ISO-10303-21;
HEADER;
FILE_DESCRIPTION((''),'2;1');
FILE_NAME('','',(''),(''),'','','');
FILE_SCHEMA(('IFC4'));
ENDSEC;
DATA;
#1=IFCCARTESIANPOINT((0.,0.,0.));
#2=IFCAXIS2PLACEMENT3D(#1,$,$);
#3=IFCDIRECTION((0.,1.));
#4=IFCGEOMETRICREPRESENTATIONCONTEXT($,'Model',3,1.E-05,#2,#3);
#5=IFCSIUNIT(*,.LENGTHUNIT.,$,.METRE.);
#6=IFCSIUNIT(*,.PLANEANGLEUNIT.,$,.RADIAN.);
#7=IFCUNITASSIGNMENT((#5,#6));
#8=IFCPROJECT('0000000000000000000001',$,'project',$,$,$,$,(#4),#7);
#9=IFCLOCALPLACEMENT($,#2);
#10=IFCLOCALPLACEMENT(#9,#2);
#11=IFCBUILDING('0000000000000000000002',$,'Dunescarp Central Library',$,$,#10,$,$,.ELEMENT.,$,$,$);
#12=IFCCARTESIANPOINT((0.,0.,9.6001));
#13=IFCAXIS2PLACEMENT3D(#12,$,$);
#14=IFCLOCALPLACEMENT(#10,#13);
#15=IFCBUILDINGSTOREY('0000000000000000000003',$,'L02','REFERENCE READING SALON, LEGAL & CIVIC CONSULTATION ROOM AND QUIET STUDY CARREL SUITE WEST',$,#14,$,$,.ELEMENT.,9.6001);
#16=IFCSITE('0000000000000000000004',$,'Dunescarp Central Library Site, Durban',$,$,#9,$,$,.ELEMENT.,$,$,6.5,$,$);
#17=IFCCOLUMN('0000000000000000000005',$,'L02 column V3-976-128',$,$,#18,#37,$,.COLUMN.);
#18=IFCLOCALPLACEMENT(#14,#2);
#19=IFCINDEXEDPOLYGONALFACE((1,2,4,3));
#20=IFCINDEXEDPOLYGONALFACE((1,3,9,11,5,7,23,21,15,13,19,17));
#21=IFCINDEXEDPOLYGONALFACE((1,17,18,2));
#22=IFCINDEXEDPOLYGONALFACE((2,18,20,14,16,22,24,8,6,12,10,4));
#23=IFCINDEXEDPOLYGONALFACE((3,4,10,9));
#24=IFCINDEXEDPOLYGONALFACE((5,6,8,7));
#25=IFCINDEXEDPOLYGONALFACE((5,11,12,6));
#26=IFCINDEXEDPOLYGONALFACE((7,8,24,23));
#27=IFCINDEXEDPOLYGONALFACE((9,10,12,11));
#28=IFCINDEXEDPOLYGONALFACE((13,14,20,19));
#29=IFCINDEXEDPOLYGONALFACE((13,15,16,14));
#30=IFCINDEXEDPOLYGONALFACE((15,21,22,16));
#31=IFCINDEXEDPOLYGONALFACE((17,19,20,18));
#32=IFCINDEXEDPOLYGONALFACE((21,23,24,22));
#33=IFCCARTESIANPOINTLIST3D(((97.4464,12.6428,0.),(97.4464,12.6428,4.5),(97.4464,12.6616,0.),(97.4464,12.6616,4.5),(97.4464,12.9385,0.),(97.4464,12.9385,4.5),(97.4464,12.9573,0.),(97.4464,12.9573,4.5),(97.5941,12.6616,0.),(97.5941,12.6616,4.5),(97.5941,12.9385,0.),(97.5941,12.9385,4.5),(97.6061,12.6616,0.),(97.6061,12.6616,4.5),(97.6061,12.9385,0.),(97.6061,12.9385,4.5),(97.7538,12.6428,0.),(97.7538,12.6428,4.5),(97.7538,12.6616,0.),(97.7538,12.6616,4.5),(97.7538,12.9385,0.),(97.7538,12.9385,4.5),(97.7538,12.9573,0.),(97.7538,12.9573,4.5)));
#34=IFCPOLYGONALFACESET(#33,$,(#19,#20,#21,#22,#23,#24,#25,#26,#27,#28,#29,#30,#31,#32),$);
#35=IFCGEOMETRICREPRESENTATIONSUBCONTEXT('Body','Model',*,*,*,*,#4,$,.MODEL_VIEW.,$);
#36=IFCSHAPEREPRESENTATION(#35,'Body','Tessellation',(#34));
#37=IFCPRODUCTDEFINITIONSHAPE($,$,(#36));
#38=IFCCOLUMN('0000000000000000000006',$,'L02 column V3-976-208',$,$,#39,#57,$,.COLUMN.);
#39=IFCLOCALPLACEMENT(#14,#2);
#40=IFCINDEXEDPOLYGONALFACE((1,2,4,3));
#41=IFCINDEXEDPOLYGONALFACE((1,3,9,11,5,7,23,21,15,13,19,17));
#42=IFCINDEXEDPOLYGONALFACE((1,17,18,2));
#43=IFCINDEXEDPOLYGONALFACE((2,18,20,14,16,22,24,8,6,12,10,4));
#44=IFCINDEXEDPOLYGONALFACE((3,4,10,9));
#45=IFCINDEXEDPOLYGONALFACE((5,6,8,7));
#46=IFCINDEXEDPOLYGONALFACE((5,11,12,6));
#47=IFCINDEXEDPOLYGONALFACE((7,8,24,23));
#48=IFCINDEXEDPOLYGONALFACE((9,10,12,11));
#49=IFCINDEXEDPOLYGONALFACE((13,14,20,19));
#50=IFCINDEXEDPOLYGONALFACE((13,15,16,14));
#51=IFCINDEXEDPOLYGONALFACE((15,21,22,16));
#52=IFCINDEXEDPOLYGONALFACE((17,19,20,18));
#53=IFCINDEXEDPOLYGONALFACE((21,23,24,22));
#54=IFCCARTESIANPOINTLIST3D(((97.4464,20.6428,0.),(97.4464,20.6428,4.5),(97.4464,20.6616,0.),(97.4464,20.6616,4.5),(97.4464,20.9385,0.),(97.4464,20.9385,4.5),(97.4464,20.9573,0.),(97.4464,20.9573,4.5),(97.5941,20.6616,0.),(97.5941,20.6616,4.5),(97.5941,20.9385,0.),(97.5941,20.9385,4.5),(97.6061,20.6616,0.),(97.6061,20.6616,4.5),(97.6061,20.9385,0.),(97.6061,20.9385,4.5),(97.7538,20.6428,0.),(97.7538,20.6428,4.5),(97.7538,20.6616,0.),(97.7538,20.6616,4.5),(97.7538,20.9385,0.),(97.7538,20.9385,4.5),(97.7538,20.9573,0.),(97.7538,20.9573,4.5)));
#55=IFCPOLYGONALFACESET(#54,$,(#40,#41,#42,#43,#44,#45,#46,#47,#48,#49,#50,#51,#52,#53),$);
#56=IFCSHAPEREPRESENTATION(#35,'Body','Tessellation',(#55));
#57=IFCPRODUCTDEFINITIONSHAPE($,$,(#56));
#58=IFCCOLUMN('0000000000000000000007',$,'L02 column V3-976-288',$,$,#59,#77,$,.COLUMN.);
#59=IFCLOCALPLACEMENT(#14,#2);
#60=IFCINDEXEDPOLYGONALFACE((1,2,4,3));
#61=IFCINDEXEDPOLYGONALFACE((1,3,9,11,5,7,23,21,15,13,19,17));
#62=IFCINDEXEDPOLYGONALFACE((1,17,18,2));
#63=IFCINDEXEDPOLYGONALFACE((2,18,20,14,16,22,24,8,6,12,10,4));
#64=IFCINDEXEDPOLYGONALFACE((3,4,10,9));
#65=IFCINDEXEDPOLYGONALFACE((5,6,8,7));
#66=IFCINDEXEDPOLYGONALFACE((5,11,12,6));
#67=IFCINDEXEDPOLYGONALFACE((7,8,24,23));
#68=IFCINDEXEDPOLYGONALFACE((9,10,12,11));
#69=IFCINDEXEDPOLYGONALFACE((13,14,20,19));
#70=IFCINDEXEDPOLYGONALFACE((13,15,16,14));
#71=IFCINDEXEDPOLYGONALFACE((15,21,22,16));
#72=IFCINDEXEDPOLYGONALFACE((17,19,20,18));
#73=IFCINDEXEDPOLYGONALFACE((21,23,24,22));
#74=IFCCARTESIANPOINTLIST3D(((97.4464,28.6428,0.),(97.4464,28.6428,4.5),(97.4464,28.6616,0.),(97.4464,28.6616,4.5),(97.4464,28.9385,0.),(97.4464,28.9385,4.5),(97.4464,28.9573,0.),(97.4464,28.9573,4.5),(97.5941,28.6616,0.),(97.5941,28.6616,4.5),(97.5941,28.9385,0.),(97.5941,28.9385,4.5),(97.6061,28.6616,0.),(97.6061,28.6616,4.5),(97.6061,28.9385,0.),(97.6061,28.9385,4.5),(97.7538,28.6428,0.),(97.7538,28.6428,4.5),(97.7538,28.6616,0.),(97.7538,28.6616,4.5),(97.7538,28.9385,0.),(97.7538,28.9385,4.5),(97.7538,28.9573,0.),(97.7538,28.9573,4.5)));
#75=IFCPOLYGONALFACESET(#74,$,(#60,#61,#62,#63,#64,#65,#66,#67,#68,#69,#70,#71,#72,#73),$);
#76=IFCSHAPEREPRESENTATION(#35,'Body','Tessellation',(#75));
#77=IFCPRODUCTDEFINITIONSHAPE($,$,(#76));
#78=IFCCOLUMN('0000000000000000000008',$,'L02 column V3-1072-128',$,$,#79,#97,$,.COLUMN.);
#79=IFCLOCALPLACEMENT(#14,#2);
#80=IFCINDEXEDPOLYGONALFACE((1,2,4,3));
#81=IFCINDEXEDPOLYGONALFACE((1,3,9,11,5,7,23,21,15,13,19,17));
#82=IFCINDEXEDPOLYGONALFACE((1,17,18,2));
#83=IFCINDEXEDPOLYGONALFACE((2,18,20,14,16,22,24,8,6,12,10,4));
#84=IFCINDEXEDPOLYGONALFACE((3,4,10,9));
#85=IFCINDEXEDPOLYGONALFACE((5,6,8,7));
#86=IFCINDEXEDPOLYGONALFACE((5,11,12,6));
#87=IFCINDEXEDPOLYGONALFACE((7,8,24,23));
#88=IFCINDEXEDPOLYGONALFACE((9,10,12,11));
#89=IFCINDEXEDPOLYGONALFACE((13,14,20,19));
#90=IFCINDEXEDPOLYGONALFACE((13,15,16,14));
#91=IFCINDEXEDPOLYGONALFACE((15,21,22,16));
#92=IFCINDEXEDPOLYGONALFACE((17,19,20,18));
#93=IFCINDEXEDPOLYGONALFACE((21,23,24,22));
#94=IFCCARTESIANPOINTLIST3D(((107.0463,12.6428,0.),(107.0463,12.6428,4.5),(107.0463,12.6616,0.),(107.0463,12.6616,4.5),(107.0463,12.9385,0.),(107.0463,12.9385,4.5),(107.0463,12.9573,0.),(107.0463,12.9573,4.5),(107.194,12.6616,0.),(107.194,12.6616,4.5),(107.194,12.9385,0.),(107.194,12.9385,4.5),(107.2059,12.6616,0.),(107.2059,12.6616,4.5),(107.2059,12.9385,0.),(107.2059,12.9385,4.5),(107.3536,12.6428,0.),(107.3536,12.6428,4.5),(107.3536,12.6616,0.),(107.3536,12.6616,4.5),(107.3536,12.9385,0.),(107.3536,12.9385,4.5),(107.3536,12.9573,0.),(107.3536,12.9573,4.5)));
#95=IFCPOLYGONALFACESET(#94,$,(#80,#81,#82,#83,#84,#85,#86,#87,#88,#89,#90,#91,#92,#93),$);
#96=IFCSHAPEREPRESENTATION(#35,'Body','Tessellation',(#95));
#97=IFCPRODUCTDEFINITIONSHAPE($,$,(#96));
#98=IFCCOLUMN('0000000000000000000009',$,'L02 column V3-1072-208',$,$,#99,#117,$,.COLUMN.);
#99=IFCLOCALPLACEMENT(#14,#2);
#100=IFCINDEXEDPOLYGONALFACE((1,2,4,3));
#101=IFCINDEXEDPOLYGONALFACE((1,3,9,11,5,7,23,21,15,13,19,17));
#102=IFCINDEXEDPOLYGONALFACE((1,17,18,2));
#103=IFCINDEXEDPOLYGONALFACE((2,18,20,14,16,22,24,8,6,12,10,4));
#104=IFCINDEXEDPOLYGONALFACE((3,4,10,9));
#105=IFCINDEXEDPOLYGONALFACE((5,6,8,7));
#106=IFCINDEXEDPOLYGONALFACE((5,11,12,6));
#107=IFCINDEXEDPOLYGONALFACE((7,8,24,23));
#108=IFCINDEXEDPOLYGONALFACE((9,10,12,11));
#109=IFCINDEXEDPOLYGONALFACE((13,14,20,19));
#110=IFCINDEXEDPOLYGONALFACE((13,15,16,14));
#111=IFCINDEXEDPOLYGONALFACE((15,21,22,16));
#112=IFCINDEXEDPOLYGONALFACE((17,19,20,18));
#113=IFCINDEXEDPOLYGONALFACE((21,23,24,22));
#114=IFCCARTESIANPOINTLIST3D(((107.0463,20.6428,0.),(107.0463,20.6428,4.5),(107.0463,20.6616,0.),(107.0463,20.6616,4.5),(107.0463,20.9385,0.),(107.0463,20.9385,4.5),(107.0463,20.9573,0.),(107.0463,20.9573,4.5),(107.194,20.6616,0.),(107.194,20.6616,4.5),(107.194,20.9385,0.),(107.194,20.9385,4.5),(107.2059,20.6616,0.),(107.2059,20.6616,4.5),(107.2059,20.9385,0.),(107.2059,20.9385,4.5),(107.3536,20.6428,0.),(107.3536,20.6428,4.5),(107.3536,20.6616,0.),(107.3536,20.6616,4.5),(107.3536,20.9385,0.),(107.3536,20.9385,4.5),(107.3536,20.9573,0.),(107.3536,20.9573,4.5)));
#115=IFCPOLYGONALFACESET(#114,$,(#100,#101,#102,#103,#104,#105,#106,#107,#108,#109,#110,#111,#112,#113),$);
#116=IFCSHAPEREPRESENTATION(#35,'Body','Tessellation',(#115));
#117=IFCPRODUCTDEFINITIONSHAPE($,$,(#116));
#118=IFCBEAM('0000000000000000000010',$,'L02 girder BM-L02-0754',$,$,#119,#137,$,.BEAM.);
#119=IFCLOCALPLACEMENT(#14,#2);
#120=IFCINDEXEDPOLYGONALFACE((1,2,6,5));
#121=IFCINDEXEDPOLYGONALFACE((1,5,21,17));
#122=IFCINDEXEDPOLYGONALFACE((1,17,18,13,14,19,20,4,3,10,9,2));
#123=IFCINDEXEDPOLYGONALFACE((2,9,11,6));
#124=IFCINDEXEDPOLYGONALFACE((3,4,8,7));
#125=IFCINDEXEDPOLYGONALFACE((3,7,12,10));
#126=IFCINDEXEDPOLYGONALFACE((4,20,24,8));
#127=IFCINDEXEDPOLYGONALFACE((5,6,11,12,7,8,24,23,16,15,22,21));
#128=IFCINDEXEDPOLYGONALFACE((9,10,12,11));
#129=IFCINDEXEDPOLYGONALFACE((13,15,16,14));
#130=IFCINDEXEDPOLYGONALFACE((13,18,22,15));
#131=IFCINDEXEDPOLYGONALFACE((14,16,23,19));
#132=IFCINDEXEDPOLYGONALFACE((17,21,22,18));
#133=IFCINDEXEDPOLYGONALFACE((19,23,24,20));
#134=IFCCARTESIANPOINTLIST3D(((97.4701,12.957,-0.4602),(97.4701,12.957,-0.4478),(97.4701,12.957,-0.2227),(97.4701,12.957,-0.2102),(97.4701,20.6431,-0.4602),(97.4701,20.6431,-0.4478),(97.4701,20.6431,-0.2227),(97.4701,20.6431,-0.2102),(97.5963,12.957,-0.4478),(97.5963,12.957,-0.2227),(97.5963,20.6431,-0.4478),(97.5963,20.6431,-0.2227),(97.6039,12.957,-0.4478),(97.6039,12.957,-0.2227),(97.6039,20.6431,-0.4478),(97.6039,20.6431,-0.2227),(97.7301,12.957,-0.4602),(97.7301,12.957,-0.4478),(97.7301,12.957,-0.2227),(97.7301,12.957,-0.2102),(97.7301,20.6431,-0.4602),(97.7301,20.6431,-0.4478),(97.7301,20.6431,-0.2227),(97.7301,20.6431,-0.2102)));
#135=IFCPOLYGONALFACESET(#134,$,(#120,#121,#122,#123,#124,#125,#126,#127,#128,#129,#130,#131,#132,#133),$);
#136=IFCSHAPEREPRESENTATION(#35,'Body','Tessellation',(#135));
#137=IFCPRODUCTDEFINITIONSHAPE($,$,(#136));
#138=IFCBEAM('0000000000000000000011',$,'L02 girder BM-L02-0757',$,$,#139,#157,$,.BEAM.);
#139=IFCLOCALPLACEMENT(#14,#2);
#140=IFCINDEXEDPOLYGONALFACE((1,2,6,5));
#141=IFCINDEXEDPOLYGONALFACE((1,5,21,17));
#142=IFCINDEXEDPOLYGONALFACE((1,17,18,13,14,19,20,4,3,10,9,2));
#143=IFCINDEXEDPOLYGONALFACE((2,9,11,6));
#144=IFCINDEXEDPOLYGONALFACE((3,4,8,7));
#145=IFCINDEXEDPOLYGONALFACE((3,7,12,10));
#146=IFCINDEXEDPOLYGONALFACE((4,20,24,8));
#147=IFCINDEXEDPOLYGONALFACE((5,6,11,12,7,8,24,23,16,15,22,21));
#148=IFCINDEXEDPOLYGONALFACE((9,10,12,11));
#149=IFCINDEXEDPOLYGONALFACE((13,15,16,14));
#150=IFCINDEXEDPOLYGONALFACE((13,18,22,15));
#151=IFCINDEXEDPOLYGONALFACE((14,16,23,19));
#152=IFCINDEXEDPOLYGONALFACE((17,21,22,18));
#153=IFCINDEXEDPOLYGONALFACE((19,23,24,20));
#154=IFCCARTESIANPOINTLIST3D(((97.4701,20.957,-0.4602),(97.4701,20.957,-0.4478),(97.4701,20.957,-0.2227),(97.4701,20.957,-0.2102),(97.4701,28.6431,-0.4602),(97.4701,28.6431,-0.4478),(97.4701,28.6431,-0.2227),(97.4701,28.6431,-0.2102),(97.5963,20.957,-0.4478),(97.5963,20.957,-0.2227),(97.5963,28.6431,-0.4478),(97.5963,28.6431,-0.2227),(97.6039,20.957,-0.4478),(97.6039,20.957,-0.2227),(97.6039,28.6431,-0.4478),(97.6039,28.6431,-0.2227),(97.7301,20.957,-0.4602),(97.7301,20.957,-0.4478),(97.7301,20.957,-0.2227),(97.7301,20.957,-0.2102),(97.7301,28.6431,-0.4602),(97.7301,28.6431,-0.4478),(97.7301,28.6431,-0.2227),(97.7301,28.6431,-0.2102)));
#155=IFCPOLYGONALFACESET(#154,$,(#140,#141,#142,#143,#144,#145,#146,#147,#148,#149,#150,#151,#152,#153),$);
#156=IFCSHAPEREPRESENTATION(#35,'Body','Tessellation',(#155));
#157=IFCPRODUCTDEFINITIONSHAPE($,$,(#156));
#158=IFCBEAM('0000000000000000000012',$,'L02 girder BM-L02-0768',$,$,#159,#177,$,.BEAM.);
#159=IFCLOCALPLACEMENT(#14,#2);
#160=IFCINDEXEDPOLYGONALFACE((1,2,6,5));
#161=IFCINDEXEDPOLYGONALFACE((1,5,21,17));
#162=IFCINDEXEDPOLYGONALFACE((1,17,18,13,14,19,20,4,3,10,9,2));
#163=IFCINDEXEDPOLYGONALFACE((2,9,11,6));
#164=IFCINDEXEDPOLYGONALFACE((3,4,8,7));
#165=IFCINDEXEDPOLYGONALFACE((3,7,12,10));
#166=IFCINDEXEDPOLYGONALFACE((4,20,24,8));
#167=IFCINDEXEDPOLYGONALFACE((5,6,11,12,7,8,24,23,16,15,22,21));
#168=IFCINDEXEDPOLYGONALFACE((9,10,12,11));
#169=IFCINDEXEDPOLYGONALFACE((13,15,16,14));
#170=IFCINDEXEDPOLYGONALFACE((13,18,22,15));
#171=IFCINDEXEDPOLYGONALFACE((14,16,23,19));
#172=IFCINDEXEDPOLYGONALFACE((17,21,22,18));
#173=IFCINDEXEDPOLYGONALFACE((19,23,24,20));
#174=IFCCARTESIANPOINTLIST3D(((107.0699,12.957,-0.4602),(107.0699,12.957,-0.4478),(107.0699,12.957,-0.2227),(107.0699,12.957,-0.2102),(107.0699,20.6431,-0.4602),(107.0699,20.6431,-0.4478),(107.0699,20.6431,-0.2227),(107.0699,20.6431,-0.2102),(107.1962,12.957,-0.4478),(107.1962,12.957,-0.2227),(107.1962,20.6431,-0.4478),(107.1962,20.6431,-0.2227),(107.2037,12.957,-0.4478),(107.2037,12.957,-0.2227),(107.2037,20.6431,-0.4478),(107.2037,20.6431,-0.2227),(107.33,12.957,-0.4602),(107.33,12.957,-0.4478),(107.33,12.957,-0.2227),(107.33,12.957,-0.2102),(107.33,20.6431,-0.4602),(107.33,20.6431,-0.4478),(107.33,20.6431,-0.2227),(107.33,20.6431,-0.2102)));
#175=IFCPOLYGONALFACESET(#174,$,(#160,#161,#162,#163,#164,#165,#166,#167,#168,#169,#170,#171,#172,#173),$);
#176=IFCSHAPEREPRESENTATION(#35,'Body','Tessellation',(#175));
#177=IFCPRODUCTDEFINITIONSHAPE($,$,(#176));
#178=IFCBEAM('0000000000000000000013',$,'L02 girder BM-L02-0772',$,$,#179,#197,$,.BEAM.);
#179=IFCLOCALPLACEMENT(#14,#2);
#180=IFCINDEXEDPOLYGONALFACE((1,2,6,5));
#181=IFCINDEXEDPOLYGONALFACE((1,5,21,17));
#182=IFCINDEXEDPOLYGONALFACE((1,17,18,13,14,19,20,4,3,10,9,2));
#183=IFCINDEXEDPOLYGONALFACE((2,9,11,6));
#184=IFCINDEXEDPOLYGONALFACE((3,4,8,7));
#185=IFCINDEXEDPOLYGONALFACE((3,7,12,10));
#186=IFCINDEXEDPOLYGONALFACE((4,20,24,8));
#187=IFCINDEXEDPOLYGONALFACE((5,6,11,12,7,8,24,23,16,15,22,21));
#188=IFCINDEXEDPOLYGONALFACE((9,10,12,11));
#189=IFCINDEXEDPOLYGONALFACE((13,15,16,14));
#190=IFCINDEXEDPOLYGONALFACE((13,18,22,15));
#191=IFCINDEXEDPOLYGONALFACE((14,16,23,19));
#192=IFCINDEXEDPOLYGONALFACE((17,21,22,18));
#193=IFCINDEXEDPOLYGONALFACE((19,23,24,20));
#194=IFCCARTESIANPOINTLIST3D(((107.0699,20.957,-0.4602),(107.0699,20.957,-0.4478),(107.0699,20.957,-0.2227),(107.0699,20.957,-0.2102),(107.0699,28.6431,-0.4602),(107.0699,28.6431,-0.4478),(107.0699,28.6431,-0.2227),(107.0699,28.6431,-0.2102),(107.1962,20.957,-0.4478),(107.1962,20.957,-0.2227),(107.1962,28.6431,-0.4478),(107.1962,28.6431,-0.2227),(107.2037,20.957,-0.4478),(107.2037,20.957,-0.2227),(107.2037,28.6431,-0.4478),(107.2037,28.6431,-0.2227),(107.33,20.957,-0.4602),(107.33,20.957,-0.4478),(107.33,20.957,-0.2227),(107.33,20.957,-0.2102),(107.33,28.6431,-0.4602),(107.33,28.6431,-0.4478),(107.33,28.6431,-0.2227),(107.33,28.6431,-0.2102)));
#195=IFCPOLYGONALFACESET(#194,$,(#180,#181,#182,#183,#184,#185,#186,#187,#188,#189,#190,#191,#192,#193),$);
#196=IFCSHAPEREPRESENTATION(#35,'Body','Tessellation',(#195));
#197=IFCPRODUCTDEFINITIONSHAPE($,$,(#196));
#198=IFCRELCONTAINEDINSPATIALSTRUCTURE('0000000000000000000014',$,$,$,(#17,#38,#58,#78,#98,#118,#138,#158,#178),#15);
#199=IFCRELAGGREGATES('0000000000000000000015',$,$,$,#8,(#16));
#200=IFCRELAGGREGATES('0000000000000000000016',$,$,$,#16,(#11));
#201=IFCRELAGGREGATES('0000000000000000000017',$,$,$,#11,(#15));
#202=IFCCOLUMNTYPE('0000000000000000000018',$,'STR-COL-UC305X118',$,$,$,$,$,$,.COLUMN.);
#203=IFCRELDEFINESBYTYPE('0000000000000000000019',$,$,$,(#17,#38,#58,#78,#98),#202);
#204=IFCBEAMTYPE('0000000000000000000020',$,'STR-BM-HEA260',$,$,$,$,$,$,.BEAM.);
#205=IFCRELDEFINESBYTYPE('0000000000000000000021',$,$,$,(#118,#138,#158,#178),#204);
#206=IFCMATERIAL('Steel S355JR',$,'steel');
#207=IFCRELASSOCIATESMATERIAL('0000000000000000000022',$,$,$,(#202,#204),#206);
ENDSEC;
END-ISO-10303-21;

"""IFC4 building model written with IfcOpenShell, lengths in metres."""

from ifc_helpers import new_model, si_unit, direction, frame, origin, origin_2d, place, context, subcontext, project, spatial, i_section, extrude, material, material_profile, profile_set, type_object, element, save


model = new_model("IFC4")

# Units and contexts
model_context = context("Model", 3, precision=1e-05, world=origin(), true_north=direction((0.0, 1.0)))
body_context = subcontext(model_context, "Body", "Model", "MODEL_VIEW")
ifc_project = project(units=[si_unit("LENGTHUNIT", "METRE"), si_unit("PLANEANGLEUNIT", "RADIAN")], contexts=[model_context])

# Site, building, storey
site_placement = place(None, origin())
site = spatial("IfcSite", under=ifc_project, at=site_placement, Name="Dunescarp Central Library Site, Durban", CompositionType="ELEMENT", RefElevation=6.5)
building_placement = place(site_placement, origin())
building = spatial("IfcBuilding", under=site, at=building_placement, Name="Dunescarp Central Library", CompositionType="ELEMENT")
storey_placement = place(building_placement, frame((0.0, 0.0, 9.6001)))
storey = spatial("IfcBuildingStorey", under=building, at=storey_placement, Name="L02", Description="REFERENCE READING SALON, LEGAL & CIVIC CONSULTATION ROOM AND QUIET STUDY CARREL SUITE WEST", CompositionType="ELEMENT", Elevation=9.6001)

# Columns
ifc_material_1 = material(Name="Steel S355JR", Category="steel")
ifc_material_profile_1 = material_profile(ifc_material_1, i_section(OverallWidth=0.3074, OverallDepth=0.3145, WebThickness=0.012, FlangeThickness=0.0188, at=origin_2d()), Name="UC 305x305x118")
ifc_profile_set_1 = profile_set([ifc_material_profile_1], Name="Steel S355JR")
column_type = type_object("IfcColumnType", Name="STR-COL-UC305X118", PredefinedType="COLUMN", material=ifc_profile_set_1)
for number, where, z_axis, x_axis, name in (
    (1, (97.6001, 12.8, 0.0), (0.0, 0.0, 1.0), (1.0, 0.0, 0.0), "L02 column V3-976-128"),
    (2, (97.6001, 20.8, 0.0), (0.0, 0.0, 1.0), (1.0, 0.0, 0.0), "L02 column V3-976-208"),
    (3, (97.6001, 28.8, 0.0), (0.0, 0.0, 1.0), (1.0, 0.0, 0.0), "L02 column V3-976-288"),
    (4, (107.2, 12.8, 0.0), (0.0, 0.0, 1.0), (1.0, 0.0, 0.0), "L02 column V3-1072-128"),
    (5, (107.2, 20.8, 0.0), (0.0, 0.0, 1.0), (1.0, 0.0, 0.0), "L02 column V3-1072-208"),
):
    element("IfcColumn", number, at=place(storey_placement, frame(where, z_axis=z_axis, x_axis=x_axis)), inside=storey, type_object=column_type, Name=name, PredefinedType="COLUMN", context=body_context, shape_type="SweptSolid", body=[
        extrude(i_section(OverallWidth=0.3074, OverallDepth=0.3145, WebThickness=0.012, FlangeThickness=0.0188, at=origin_2d()), origin(), (0.0, 0.0, 1.0), 4.5),
    ])

# Beams
ifc_material_profile_2 = material_profile(ifc_material_1, i_section(OverallWidth=0.26, OverallDepth=0.25, WebThickness=0.0076, FlangeThickness=0.0125, at=origin_2d()), Name="HEA 260")
ifc_profile_set_2 = profile_set([ifc_material_profile_2], Name="Steel S355JR")
beam_type_1 = type_object("IfcBeamType", Name="STR-BM-HEA260", PredefinedType="BEAM", material=ifc_profile_set_2)
for number, where, z_axis, x_axis, name in (
    (6, (97.6001, 12.957, -0.3352), (0.0, 1.0, 0.0), (-1.0, 0.0, 0.0), "L02 girder BM-L02-0754"),
    (7, (97.6001, 20.957, -0.3352), (0.0, 1.0, 0.0), (-1.0, 0.0, 0.0), "L02 girder BM-L02-0757"),
    (8, (107.2, 12.957, -0.3352), (0.0, 1.0, 0.0), (-1.0, 0.0, 0.0), "L02 girder BM-L02-0768"),
    (9, (107.2, 20.957, -0.3352), (0.0, 1.0, 0.0), (-1.0, 0.0, 0.0), "L02 girder BM-L02-0772"),
):
    element("IfcBeam", number, at=place(storey_placement, frame(where, z_axis=z_axis, x_axis=x_axis)), inside=storey, type_object=beam_type_1, Name=name, PredefinedType="BEAM", context=body_context, shape_type="SweptSolid", body=[
        extrude(i_section(OverallWidth=0.26, OverallDepth=0.25, WebThickness=0.0076, FlangeThickness=0.0125, at=origin_2d()), origin(), (0.0, 0.0, 1.0), 7.686),
    ])

save(model, "model.ifc")
